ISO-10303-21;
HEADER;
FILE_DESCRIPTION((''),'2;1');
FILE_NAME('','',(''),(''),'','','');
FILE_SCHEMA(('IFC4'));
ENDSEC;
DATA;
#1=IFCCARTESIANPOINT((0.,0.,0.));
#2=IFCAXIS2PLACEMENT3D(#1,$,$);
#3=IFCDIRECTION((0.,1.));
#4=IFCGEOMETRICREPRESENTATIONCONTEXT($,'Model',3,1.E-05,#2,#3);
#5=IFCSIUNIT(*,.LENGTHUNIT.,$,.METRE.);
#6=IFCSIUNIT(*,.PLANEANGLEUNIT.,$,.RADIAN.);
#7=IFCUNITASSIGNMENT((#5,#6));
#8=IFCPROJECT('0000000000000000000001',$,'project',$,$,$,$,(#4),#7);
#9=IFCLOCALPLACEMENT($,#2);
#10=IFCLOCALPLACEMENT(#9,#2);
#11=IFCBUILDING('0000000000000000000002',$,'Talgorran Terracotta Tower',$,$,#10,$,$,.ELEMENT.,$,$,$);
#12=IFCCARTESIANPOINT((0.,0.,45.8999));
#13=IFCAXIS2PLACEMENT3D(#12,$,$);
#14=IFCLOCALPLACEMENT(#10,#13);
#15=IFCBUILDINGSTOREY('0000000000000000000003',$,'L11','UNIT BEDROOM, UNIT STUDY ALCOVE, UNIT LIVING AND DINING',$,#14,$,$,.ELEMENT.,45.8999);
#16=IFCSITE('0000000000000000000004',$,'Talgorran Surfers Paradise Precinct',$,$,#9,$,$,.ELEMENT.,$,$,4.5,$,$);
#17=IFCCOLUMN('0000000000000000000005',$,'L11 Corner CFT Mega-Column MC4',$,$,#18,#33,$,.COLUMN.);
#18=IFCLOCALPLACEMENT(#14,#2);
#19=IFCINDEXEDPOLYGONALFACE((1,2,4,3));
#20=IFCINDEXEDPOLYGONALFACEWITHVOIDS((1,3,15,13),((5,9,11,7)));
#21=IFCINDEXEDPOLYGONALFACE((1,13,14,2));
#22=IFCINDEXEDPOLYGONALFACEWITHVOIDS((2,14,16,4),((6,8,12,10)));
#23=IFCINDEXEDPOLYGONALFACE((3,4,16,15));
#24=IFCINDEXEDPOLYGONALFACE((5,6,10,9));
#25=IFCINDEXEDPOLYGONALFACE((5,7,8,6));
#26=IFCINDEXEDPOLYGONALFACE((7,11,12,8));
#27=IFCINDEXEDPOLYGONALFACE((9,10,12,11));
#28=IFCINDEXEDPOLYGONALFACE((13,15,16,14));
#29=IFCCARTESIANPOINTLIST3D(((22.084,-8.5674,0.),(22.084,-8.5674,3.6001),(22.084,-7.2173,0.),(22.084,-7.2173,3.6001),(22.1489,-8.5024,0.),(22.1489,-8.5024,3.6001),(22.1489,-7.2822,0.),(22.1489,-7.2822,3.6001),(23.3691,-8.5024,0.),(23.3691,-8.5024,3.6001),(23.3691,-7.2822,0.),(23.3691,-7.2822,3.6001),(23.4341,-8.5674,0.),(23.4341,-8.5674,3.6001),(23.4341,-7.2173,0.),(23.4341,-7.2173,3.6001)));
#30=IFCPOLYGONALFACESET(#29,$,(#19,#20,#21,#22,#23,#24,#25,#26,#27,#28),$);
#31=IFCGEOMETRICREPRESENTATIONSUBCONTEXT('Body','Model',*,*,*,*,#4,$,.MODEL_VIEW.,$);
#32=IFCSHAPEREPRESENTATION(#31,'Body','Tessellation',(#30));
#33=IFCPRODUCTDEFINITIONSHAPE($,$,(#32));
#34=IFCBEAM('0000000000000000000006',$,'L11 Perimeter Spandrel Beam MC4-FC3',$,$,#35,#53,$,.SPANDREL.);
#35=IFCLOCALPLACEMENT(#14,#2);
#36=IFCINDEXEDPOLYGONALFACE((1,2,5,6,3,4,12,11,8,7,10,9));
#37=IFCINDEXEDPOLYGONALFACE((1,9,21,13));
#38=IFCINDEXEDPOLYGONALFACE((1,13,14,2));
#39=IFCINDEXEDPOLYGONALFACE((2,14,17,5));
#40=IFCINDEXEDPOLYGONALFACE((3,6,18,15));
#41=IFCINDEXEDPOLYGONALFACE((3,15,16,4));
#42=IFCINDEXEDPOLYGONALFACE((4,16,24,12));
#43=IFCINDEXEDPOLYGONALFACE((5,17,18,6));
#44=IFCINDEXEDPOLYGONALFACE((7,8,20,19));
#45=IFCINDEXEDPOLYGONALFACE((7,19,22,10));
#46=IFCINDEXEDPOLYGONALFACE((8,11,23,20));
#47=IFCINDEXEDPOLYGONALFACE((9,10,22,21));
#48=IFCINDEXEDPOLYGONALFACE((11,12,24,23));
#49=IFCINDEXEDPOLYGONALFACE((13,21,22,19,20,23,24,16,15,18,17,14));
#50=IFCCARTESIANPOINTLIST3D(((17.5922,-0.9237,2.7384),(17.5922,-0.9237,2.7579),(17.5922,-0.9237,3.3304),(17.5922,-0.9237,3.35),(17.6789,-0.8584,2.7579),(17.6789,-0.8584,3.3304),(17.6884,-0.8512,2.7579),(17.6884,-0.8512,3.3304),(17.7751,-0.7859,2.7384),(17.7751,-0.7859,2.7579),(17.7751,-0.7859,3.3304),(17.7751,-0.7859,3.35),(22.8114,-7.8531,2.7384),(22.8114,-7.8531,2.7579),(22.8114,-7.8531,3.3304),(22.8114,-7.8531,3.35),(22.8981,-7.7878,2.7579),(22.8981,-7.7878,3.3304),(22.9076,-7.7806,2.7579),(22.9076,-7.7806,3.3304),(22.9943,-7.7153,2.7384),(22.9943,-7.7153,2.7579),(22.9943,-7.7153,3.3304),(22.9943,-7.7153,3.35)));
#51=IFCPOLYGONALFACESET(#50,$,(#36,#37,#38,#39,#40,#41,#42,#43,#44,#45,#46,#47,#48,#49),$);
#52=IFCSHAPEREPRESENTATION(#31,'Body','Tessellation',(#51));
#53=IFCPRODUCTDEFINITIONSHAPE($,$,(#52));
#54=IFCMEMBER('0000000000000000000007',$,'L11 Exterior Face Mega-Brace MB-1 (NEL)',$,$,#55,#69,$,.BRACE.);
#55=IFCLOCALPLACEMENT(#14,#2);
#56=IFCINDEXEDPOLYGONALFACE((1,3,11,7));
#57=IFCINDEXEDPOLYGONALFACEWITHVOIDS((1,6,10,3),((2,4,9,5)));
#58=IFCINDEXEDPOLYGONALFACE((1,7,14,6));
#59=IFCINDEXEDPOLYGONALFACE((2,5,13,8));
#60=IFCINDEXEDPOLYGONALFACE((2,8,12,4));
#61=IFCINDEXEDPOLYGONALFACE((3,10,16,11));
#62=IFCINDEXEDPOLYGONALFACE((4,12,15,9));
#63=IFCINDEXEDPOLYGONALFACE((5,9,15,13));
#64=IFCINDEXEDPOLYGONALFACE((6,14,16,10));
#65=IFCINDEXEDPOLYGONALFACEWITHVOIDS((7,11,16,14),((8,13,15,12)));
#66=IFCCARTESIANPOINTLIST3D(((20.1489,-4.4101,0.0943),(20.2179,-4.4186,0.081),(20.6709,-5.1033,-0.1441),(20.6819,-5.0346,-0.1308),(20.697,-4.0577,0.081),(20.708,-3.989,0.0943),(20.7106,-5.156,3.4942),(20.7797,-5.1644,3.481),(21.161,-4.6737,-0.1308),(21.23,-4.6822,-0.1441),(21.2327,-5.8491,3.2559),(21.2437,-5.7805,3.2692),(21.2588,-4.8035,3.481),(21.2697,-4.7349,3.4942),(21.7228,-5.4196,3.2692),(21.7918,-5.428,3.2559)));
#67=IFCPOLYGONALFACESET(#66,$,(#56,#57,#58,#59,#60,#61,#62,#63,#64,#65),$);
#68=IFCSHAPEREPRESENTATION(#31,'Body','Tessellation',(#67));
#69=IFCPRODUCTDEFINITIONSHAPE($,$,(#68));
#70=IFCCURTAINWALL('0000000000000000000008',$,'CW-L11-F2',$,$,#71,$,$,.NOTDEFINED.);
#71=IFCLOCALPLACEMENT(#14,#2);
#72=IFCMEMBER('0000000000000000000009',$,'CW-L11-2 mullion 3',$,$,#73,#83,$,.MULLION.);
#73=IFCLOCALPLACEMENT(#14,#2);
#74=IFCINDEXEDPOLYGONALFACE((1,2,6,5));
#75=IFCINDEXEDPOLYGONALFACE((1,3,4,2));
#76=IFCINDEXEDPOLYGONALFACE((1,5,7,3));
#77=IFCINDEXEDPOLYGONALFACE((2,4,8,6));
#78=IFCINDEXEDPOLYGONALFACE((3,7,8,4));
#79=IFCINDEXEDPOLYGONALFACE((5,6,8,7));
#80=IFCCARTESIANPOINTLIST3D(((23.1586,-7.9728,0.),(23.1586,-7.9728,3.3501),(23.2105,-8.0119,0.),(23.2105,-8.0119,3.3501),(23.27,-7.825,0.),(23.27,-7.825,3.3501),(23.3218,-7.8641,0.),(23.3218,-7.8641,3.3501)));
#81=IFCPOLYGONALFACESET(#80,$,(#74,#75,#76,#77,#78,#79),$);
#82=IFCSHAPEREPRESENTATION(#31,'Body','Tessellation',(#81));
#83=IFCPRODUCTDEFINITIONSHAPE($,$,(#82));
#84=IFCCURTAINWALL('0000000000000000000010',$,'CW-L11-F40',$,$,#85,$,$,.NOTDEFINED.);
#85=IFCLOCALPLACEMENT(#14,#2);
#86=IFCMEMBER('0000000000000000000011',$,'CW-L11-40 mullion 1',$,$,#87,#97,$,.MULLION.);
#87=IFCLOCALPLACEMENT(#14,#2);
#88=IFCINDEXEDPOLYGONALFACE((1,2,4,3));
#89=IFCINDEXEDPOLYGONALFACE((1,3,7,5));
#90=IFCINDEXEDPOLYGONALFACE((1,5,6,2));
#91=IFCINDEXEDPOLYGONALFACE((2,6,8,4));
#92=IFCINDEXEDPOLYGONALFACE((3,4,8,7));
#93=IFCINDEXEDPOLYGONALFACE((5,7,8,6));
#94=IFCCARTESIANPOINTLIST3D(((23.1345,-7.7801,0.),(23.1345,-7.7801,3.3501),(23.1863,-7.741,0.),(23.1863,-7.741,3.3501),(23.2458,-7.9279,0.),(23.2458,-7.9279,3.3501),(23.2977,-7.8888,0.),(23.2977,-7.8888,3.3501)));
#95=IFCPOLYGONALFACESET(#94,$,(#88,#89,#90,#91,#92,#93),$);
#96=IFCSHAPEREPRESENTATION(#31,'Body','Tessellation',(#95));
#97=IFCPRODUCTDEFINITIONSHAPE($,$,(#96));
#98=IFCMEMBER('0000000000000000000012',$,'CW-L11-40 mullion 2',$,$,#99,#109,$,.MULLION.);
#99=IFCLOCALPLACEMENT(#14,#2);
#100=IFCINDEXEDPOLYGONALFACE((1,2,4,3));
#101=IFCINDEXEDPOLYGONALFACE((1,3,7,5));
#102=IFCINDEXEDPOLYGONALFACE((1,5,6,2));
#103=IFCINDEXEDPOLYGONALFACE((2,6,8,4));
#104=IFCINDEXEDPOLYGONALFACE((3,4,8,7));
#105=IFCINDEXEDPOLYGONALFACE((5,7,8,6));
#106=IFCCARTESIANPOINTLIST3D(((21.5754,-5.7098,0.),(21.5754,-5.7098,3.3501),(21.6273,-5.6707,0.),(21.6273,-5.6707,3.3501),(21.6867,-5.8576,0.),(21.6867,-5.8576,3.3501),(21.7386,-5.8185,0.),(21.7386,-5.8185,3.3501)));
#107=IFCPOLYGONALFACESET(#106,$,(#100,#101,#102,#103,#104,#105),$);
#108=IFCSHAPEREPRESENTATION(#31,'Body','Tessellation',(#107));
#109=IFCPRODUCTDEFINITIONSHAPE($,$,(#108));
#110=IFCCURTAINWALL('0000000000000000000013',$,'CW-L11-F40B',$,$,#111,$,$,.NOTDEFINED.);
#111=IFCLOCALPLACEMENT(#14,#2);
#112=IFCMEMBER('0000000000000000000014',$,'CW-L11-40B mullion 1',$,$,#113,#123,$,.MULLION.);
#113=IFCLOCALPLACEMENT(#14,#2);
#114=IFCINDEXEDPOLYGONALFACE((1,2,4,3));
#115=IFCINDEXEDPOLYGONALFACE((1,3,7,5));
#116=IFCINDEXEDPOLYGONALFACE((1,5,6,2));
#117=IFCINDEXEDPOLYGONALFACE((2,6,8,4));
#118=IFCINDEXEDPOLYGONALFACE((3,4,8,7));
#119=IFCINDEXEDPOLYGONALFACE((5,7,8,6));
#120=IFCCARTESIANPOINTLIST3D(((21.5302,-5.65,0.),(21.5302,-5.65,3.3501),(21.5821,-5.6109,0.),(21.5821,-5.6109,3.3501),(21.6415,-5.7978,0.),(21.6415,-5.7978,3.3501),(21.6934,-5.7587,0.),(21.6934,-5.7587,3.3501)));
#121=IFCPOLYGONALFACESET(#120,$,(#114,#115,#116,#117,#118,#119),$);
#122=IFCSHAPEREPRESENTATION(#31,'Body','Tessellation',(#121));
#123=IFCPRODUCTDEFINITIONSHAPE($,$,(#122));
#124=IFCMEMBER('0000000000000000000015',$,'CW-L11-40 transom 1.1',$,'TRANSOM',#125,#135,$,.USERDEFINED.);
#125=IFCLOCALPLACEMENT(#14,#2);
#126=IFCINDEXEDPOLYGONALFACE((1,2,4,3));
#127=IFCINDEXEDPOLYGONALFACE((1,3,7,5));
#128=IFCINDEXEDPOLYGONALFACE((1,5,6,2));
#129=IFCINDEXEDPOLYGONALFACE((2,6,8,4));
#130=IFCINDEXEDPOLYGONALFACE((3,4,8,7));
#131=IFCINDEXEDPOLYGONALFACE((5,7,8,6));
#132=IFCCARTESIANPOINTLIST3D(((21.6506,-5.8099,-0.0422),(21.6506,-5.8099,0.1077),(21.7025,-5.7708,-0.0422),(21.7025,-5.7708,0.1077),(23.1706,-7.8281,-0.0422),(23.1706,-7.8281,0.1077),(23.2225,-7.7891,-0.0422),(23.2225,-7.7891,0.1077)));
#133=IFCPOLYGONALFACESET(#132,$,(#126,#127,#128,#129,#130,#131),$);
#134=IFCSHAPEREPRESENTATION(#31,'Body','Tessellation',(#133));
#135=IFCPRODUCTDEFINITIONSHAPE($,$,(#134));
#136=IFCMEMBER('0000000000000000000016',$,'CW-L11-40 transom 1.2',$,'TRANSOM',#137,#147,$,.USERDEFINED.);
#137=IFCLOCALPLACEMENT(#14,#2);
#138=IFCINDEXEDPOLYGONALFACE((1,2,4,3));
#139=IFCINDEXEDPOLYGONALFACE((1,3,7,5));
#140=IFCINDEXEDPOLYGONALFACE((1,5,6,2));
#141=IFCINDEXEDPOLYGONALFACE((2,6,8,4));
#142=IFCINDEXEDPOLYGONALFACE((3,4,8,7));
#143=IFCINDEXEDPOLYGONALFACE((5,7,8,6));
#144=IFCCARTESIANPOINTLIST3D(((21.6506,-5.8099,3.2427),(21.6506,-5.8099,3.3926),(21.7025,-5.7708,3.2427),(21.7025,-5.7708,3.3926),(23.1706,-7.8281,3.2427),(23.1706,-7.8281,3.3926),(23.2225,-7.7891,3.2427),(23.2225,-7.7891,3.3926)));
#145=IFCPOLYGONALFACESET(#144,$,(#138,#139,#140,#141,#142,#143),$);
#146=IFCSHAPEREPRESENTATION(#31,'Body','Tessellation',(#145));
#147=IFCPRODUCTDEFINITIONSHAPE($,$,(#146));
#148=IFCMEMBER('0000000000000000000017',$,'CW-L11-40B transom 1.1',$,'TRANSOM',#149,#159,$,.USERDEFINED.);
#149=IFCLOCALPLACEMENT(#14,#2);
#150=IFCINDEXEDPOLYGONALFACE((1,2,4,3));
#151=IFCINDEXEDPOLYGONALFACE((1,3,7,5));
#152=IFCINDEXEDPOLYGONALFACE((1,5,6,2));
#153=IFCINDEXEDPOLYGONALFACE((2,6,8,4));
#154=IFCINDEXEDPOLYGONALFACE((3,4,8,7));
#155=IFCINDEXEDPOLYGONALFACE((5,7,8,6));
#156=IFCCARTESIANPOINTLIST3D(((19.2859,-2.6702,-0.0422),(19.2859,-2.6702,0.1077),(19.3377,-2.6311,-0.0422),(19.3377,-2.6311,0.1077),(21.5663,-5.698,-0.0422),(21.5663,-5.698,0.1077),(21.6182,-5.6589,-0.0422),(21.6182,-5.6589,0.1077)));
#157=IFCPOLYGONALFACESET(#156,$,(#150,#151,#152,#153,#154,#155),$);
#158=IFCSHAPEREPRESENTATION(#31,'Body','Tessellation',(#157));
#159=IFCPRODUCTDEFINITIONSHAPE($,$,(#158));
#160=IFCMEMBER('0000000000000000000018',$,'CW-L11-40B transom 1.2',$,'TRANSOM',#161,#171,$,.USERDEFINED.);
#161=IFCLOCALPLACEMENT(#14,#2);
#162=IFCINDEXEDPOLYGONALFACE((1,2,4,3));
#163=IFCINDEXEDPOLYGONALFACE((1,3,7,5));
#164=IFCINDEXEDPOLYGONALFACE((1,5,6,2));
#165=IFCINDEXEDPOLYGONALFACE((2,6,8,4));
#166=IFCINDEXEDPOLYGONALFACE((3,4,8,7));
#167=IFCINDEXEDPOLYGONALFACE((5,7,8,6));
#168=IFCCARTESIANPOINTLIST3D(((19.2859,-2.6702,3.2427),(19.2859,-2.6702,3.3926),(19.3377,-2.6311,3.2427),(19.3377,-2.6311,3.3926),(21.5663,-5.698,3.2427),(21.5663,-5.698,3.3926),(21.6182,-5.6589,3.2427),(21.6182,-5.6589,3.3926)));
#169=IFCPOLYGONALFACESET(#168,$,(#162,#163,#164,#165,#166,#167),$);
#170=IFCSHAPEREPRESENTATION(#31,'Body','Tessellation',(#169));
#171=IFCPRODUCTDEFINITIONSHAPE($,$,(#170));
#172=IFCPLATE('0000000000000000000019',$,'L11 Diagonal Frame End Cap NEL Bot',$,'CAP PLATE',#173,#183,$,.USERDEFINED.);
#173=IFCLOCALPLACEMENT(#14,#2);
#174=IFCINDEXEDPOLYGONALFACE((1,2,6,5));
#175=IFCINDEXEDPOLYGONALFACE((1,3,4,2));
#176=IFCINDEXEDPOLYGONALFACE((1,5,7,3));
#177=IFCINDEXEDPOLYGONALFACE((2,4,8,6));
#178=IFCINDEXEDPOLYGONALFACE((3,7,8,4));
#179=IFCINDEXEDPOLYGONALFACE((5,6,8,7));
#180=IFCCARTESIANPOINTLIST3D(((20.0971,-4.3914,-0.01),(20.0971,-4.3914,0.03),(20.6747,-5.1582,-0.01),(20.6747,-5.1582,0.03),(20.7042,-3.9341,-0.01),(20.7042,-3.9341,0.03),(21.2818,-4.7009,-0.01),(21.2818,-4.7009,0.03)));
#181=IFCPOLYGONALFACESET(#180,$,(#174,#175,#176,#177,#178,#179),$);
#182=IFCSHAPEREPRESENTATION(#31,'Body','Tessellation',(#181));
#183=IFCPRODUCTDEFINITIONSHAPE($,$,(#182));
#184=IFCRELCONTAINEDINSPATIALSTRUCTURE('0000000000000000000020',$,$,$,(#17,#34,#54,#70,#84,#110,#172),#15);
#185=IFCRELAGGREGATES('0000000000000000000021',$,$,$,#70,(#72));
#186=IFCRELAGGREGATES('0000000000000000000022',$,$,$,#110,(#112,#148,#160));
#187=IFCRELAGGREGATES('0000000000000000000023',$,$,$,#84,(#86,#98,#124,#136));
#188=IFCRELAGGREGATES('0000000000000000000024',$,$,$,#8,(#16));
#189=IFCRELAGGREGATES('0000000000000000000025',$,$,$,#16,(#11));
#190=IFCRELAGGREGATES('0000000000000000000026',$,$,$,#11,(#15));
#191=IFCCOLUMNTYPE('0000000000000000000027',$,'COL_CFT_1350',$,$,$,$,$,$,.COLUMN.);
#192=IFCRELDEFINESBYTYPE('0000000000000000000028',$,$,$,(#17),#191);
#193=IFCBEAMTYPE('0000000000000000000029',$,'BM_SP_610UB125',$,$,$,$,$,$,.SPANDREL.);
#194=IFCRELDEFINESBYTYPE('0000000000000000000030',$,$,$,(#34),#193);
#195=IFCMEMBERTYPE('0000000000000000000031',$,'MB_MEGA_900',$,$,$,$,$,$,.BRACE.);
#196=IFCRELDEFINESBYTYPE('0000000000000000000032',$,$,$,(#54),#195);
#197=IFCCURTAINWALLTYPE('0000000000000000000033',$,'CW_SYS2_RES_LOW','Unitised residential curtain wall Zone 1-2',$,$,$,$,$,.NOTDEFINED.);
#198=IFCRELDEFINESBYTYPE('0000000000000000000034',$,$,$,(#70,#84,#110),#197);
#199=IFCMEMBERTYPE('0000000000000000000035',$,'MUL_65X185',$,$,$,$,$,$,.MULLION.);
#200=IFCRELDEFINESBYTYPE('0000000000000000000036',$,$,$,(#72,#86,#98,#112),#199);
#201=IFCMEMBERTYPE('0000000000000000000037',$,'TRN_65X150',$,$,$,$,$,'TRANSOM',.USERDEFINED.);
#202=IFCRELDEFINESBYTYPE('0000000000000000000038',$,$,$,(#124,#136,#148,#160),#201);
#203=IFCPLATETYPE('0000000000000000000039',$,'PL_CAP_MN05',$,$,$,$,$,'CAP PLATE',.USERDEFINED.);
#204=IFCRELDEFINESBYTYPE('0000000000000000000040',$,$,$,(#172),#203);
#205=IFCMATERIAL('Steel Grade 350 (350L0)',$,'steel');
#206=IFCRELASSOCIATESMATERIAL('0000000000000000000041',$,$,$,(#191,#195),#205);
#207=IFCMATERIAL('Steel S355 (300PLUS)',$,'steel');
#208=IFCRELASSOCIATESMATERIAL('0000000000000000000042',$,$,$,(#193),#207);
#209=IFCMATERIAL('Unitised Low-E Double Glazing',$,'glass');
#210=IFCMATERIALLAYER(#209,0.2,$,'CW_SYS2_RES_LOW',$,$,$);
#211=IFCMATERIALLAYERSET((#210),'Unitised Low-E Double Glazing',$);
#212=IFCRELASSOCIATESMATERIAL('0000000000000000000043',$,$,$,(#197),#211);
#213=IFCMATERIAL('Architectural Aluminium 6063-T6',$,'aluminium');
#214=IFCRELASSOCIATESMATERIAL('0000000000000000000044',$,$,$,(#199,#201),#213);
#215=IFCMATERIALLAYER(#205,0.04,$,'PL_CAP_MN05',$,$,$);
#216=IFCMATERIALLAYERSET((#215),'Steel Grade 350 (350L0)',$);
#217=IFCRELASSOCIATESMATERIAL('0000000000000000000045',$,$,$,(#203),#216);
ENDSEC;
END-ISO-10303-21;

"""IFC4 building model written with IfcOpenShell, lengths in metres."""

from ifc_helpers import new_model, si_unit, direction, frame, origin, origin_2d, place, context, subcontext, project, spatial, rectangle, hollow_rectangle, i_section, extrude, material, layer, layer_set, material_profile, profile_set, type_object, element, aggregate, save


model = new_model("IFC4")

# Units and contexts
model_context = context("Model", 3, precision=1e-05, world=origin(), true_north=direction((0.0, 1.0)))
body_context = subcontext(model_context, "Body", "Model", "MODEL_VIEW")
ifc_project = project(units=[si_unit("LENGTHUNIT", "METRE"), si_unit("PLANEANGLEUNIT", "RADIAN")], contexts=[model_context])

# Site, building, storey
site_placement = place(None, origin())
site = spatial("IfcSite", under=ifc_project, at=site_placement, Name="Talgorran Surfers Paradise Precinct", CompositionType="ELEMENT", RefElevation=4.5)
building_placement = place(site_placement, origin())
building = spatial("IfcBuilding", under=site, at=building_placement, Name="Talgorran Terracotta Tower", CompositionType="ELEMENT")
storey_placement = place(building_placement, frame((0.0, 0.0, 45.8999)))
storey = spatial("IfcBuildingStorey", under=building, at=storey_placement, Name="L11", Description="UNIT BEDROOM, UNIT STUDY ALCOVE, UNIT LIVING AND DINING", CompositionType="ELEMENT", Elevation=45.8999)

# Column
ifc_material_1 = material(Name="Steel Grade 350 (350L0)", Category="steel")
ifc_material_profile_1 = material_profile(ifc_material_1, hollow_rectangle(XDim=1.3501, YDim=1.3501, WallThickness=0.0649, at=origin_2d()), Name="CFT1350X1350X65")
ifc_profile_set_1 = profile_set([ifc_material_profile_1], Name="Steel Grade 350 (350L0)")
column_type = type_object("IfcColumnType", Name="COL_CFT_1350", PredefinedType="COLUMN", material=ifc_profile_set_1)
column_placement = place(storey_placement, frame((22.759, -7.8923, 0.0), z_axis=(0.0, 0.0, 1.0), x_axis=(1.0, 0.0, 0.0)))
element("IfcColumn", 1, at=column_placement, inside=storey, type_object=column_type, Name="L11 Corner CFT Mega-Column MC4", PredefinedType="COLUMN", context=body_context, shape_type="SweptSolid", body=[
    extrude(hollow_rectangle(XDim=1.3501, YDim=1.3501, WallThickness=0.0649, at=origin_2d()), origin(), (0.0, 0.0, 1.0), 3.6001),
])

# Beam
ifc_material_2 = material(Name="Steel S355 (300PLUS)", Category="steel")
ifc_material_profile_2 = material_profile(ifc_material_2, i_section(OverallWidth=0.229, OverallDepth=0.6116, WebThickness=0.012, FlangeThickness=0.0195, at=origin_2d()), Name="610UB125")
ifc_profile_set_2 = profile_set([ifc_material_profile_2], Name="Steel S355 (300PLUS)")
beam_type = type_object("IfcBeamType", Name="BM_SP_610UB125", PredefinedType="SPANDREL", material=ifc_profile_set_2)
beam_placement = place(storey_placement, frame((22.9028, -7.7842, 3.0442), z_axis=(-0.601633, 0.798772, 0.0), x_axis=(-0.798772, -0.601633, 0.0)))
element("IfcBeam", 2, at=beam_placement, inside=storey, type_object=beam_type, Name="L11 Perimeter Spandrel Beam MC4-FC3", PredefinedType="SPANDREL", context=body_context, shape_type="SweptSolid", body=[
    extrude(i_section(OverallWidth=0.229, OverallDepth=0.6116, WebThickness=0.012, FlangeThickness=0.0195, at=origin_2d()), origin(), (0.0, 0.0, 1.0), 8.675),
])

# Member
ifc_material_profile_3 = material_profile(ifc_material_1, hollow_rectangle(XDim=0.7, YDim=0.8999, WallThickness=0.05, at=origin_2d()), Name="WBOX900X700X50")
ifc_profile_set_3 = profile_set([ifc_material_profile_3], Name="Steel Grade 350 (350L0)")
member_type_1 = type_object("IfcMemberType", Name="MB_MEGA_900", PredefinedType="BRACE", material=ifc_profile_set_3)
member_1_placement = place(storey_placement, frame((20.6895, -4.5461, -0.0249), z_axis=(0.159331, -0.211541, 0.964295), x_axis=(0.798775, 0.60163, 0.0)))
element("IfcMember", 3, at=member_1_placement, inside=storey, type_object=member_type_1, Name="L11 Exterior Face Mega-Brace MB-1 (NEL)", PredefinedType="BRACE", context=body_context, shape_type="SweptSolid", body=[
    extrude(hollow_rectangle(XDim=0.7, YDim=0.8999, WallThickness=0.05, at=origin_2d()), origin(), (0.0, 0.0, 1.0), 3.5259),
])

# Curtain wall, member
ifc_material_3 = material(Name="Unitised Low-E Double Glazing", Category="glass")
ifc_layer_1 = layer(ifc_material_3, 0.2, Name="CW_SYS2_RES_LOW")
ifc_layer_set_1 = layer_set([ifc_layer_1], Name="Unitised Low-E Double Glazing")
curtain_wall_type = type_object("IfcCurtainWallType", Name="CW_SYS2_RES_LOW", Description="Unitised residential curtain wall Zone 1-2", PredefinedType="NOTDEFINED", material=ifc_layer_set_1)
curtain_wall_1_placement = place(storey_placement, origin())
curtain_wall_1 = element("IfcCurtainWall", 4, at=curtain_wall_1_placement, inside=storey, type_object=curtain_wall_type, Name="CW-L11-F2", PredefinedType="NOTDEFINED")
ifc_material_4 = material(Name="Architectural Aluminium 6063-T6", Category="aluminium")
ifc_material_profile_4 = material_profile(ifc_material_4, rectangle(XDim=0.0649, YDim=0.1851, at=origin_2d()), Name="CWM65X185")
ifc_profile_set_4 = profile_set([ifc_material_profile_4], Name="Architectural Aluminium 6063-T6")
member_type_2 = type_object("IfcMemberType", Name="MUL_65X185", PredefinedType="MULLION", material=ifc_profile_set_4)
member_2_placement = place(storey_placement, frame((23.2402, -7.9185, 0.0), z_axis=(0.0, 0.0, 1.0), x_axis=(-0.798774, 0.601632, 0.0)))
member_2 = element("IfcMember", 5, at=member_2_placement, type_object=member_type_2, Name="CW-L11-2 mullion 3", PredefinedType="MULLION", context=body_context, shape_type="SweptSolid", body=[
    extrude(rectangle(XDim=0.0649, YDim=0.1851, at=origin_2d()), origin(), (0.0, 0.0, 1.0), 3.3501),
])
aggregate(curtain_wall_1, [member_2])

# Curtain wall, members
curtain_wall_2_placement = place(storey_placement, origin())
curtain_wall_2 = element("IfcCurtainWall", 6, at=curtain_wall_2_placement, inside=storey, type_object=curtain_wall_type, Name="CW-L11-F40", PredefinedType="NOTDEFINED")
member_3_placement = place(storey_placement, frame((23.2161, -7.8345, 0.0), z_axis=(0.0, 0.0, 1.0), x_axis=(-0.798783, -0.601619, 0.0)))
member_3 = element("IfcMember", 7, at=member_3_placement, type_object=member_type_2, Name="CW-L11-40 mullion 1", PredefinedType="MULLION", context=body_context, shape_type="SweptSolid", body=[
    extrude(rectangle(XDim=0.0649, YDim=0.1851, at=origin_2d()), origin(), (0.0, 0.0, 1.0), 3.3501),
])
member_4_placement = place(storey_placement, frame((21.657, -5.7642, 0.0), z_axis=(0.0, 0.0, 1.0), x_axis=(-0.798783, -0.601619, 0.0)))
member_4 = element("IfcMember", 8, at=member_4_placement, type_object=member_type_2, Name="CW-L11-40 mullion 2", PredefinedType="MULLION", context=body_context, shape_type="SweptSolid", body=[
    extrude(rectangle(XDim=0.0649, YDim=0.1851, at=origin_2d()), origin(), (0.0, 0.0, 1.0), 3.3501),
])

# Curtain wall, member
curtain_wall_3_placement = place(storey_placement, origin())
curtain_wall_3 = element("IfcCurtainWall", 9, at=curtain_wall_3_placement, inside=storey, type_object=curtain_wall_type, Name="CW-L11-F40B", PredefinedType="NOTDEFINED")
member_5_placement = place(storey_placement, frame((21.6118, -5.7043, 0.0), z_axis=(0.0, 0.0, 1.0), x_axis=(-0.798774, -0.601631, 0.0)))
member_5 = element("IfcMember", 10, at=member_5_placement, type_object=member_type_2, Name="CW-L11-40B mullion 1", PredefinedType="MULLION", context=body_context, shape_type="SweptSolid", body=[
    extrude(rectangle(XDim=0.0649, YDim=0.1851, at=origin_2d()), origin(), (0.0, 0.0, 1.0), 3.3501),
])

# Members
ifc_material_profile_5 = material_profile(ifc_material_4, rectangle(XDim=0.0649, YDim=0.1499, at=origin_2d()), Name="CWT65X150")
ifc_profile_set_5 = profile_set([ifc_material_profile_5], Name="Architectural Aluminium 6063-T6")
member_type_3 = type_object("IfcMemberType", Name="TRN_65X150", ElementType="TRANSOM", PredefinedType="USERDEFINED", material=ifc_profile_set_5)
member_6_placement = place(storey_placement, frame((23.1965, -7.8086, 0.0327), z_axis=(-0.601591, 0.798804, 0.0), x_axis=(-0.798804, -0.601591, 0.0)))
member_6 = element("IfcMember", 11, at=member_6_placement, type_object=member_type_3, Name="CW-L11-40 transom 1.1", ObjectType="TRANSOM", PredefinedType="USERDEFINED", context=body_context, shape_type="SweptSolid", body=[
    extrude(rectangle(XDim=0.0649, YDim=0.1499, at=origin_2d()), origin(), (0.0, 0.0, 1.0), 2.5266),
])
member_7_placement = place(storey_placement, frame((23.1965, -7.8086, 3.3176), z_axis=(-0.601591, 0.798804, 0.0), x_axis=(-0.798804, -0.601591, 0.0)))
member_7 = element("IfcMember", 12, at=member_7_placement, type_object=member_type_3, Name="CW-L11-40 transom 1.2", ObjectType="TRANSOM", PredefinedType="USERDEFINED", context=body_context, shape_type="SweptSolid", body=[
    extrude(rectangle(XDim=0.0649, YDim=0.1499, at=origin_2d()), origin(), (0.0, 0.0, 1.0), 2.5266),
])
member_8_placement = place(storey_placement, frame((21.5923, -5.6785, 0.0327), z_axis=(-0.601627, 0.798777, 0.0), x_axis=(-0.798777, -0.601627, 0.0)))
member_8 = element("IfcMember", 13, at=member_8_placement, type_object=member_type_3, Name="CW-L11-40B transom 1.1", ObjectType="TRANSOM", PredefinedType="USERDEFINED", context=body_context, shape_type="SweptSolid", body=[
    extrude(rectangle(XDim=0.0649, YDim=0.1499, at=origin_2d()), origin(), (0.0, 0.0, 1.0), 3.7905),
])
member_9_placement = place(storey_placement, frame((21.5923, -5.6785, 3.3176), z_axis=(-0.601627, 0.798777, 0.0), x_axis=(-0.798777, -0.601627, 0.0)))
member_9 = element("IfcMember", 14, at=member_9_placement, type_object=member_type_3, Name="CW-L11-40B transom 1.2", ObjectType="TRANSOM", PredefinedType="USERDEFINED", context=body_context, shape_type="SweptSolid", body=[
    extrude(rectangle(XDim=0.0649, YDim=0.1499, at=origin_2d()), origin(), (0.0, 0.0, 1.0), 3.7905),
])
aggregate(curtain_wall_3, [member_5, member_8, member_9])

# Plate
ifc_layer_2 = layer(ifc_material_1, 0.04, Name="PL_CAP_MN05")
ifc_layer_set_2 = layer_set([ifc_layer_2], Name="Steel Grade 350 (350L0)")
plate_type_1 = type_object("IfcPlateType", Name="PL_CAP_MN05", ElementType="CAP PLATE", PredefinedType="USERDEFINED", material=ifc_layer_set_2)
for number, where, z_axis, x_axis, name in (
    (15, (20.6895, -4.5461, -0.01), (0.0, 0.0, 1.0), (0.601676, -0.798741, 0.0), "L11 Diagonal Frame End Cap NEL Bot"),
):
    element("IfcPlate", number, at=place(storey_placement, frame(where, z_axis=z_axis, x_axis=x_axis)), inside=storey, type_object=plate_type_1, Name=name, ObjectType="CAP PLATE", PredefinedType="USERDEFINED", context=body_context, shape_type="SweptSolid", body=[
        extrude(rectangle(XDim=0.96, YDim=0.76, at=origin_2d()), origin(), (0.0, 0.0, 1.0), 0.04),
    ])

aggregate(curtain_wall_2, [member_3, member_4, member_6, member_7])

save(model, "model.ifc")
